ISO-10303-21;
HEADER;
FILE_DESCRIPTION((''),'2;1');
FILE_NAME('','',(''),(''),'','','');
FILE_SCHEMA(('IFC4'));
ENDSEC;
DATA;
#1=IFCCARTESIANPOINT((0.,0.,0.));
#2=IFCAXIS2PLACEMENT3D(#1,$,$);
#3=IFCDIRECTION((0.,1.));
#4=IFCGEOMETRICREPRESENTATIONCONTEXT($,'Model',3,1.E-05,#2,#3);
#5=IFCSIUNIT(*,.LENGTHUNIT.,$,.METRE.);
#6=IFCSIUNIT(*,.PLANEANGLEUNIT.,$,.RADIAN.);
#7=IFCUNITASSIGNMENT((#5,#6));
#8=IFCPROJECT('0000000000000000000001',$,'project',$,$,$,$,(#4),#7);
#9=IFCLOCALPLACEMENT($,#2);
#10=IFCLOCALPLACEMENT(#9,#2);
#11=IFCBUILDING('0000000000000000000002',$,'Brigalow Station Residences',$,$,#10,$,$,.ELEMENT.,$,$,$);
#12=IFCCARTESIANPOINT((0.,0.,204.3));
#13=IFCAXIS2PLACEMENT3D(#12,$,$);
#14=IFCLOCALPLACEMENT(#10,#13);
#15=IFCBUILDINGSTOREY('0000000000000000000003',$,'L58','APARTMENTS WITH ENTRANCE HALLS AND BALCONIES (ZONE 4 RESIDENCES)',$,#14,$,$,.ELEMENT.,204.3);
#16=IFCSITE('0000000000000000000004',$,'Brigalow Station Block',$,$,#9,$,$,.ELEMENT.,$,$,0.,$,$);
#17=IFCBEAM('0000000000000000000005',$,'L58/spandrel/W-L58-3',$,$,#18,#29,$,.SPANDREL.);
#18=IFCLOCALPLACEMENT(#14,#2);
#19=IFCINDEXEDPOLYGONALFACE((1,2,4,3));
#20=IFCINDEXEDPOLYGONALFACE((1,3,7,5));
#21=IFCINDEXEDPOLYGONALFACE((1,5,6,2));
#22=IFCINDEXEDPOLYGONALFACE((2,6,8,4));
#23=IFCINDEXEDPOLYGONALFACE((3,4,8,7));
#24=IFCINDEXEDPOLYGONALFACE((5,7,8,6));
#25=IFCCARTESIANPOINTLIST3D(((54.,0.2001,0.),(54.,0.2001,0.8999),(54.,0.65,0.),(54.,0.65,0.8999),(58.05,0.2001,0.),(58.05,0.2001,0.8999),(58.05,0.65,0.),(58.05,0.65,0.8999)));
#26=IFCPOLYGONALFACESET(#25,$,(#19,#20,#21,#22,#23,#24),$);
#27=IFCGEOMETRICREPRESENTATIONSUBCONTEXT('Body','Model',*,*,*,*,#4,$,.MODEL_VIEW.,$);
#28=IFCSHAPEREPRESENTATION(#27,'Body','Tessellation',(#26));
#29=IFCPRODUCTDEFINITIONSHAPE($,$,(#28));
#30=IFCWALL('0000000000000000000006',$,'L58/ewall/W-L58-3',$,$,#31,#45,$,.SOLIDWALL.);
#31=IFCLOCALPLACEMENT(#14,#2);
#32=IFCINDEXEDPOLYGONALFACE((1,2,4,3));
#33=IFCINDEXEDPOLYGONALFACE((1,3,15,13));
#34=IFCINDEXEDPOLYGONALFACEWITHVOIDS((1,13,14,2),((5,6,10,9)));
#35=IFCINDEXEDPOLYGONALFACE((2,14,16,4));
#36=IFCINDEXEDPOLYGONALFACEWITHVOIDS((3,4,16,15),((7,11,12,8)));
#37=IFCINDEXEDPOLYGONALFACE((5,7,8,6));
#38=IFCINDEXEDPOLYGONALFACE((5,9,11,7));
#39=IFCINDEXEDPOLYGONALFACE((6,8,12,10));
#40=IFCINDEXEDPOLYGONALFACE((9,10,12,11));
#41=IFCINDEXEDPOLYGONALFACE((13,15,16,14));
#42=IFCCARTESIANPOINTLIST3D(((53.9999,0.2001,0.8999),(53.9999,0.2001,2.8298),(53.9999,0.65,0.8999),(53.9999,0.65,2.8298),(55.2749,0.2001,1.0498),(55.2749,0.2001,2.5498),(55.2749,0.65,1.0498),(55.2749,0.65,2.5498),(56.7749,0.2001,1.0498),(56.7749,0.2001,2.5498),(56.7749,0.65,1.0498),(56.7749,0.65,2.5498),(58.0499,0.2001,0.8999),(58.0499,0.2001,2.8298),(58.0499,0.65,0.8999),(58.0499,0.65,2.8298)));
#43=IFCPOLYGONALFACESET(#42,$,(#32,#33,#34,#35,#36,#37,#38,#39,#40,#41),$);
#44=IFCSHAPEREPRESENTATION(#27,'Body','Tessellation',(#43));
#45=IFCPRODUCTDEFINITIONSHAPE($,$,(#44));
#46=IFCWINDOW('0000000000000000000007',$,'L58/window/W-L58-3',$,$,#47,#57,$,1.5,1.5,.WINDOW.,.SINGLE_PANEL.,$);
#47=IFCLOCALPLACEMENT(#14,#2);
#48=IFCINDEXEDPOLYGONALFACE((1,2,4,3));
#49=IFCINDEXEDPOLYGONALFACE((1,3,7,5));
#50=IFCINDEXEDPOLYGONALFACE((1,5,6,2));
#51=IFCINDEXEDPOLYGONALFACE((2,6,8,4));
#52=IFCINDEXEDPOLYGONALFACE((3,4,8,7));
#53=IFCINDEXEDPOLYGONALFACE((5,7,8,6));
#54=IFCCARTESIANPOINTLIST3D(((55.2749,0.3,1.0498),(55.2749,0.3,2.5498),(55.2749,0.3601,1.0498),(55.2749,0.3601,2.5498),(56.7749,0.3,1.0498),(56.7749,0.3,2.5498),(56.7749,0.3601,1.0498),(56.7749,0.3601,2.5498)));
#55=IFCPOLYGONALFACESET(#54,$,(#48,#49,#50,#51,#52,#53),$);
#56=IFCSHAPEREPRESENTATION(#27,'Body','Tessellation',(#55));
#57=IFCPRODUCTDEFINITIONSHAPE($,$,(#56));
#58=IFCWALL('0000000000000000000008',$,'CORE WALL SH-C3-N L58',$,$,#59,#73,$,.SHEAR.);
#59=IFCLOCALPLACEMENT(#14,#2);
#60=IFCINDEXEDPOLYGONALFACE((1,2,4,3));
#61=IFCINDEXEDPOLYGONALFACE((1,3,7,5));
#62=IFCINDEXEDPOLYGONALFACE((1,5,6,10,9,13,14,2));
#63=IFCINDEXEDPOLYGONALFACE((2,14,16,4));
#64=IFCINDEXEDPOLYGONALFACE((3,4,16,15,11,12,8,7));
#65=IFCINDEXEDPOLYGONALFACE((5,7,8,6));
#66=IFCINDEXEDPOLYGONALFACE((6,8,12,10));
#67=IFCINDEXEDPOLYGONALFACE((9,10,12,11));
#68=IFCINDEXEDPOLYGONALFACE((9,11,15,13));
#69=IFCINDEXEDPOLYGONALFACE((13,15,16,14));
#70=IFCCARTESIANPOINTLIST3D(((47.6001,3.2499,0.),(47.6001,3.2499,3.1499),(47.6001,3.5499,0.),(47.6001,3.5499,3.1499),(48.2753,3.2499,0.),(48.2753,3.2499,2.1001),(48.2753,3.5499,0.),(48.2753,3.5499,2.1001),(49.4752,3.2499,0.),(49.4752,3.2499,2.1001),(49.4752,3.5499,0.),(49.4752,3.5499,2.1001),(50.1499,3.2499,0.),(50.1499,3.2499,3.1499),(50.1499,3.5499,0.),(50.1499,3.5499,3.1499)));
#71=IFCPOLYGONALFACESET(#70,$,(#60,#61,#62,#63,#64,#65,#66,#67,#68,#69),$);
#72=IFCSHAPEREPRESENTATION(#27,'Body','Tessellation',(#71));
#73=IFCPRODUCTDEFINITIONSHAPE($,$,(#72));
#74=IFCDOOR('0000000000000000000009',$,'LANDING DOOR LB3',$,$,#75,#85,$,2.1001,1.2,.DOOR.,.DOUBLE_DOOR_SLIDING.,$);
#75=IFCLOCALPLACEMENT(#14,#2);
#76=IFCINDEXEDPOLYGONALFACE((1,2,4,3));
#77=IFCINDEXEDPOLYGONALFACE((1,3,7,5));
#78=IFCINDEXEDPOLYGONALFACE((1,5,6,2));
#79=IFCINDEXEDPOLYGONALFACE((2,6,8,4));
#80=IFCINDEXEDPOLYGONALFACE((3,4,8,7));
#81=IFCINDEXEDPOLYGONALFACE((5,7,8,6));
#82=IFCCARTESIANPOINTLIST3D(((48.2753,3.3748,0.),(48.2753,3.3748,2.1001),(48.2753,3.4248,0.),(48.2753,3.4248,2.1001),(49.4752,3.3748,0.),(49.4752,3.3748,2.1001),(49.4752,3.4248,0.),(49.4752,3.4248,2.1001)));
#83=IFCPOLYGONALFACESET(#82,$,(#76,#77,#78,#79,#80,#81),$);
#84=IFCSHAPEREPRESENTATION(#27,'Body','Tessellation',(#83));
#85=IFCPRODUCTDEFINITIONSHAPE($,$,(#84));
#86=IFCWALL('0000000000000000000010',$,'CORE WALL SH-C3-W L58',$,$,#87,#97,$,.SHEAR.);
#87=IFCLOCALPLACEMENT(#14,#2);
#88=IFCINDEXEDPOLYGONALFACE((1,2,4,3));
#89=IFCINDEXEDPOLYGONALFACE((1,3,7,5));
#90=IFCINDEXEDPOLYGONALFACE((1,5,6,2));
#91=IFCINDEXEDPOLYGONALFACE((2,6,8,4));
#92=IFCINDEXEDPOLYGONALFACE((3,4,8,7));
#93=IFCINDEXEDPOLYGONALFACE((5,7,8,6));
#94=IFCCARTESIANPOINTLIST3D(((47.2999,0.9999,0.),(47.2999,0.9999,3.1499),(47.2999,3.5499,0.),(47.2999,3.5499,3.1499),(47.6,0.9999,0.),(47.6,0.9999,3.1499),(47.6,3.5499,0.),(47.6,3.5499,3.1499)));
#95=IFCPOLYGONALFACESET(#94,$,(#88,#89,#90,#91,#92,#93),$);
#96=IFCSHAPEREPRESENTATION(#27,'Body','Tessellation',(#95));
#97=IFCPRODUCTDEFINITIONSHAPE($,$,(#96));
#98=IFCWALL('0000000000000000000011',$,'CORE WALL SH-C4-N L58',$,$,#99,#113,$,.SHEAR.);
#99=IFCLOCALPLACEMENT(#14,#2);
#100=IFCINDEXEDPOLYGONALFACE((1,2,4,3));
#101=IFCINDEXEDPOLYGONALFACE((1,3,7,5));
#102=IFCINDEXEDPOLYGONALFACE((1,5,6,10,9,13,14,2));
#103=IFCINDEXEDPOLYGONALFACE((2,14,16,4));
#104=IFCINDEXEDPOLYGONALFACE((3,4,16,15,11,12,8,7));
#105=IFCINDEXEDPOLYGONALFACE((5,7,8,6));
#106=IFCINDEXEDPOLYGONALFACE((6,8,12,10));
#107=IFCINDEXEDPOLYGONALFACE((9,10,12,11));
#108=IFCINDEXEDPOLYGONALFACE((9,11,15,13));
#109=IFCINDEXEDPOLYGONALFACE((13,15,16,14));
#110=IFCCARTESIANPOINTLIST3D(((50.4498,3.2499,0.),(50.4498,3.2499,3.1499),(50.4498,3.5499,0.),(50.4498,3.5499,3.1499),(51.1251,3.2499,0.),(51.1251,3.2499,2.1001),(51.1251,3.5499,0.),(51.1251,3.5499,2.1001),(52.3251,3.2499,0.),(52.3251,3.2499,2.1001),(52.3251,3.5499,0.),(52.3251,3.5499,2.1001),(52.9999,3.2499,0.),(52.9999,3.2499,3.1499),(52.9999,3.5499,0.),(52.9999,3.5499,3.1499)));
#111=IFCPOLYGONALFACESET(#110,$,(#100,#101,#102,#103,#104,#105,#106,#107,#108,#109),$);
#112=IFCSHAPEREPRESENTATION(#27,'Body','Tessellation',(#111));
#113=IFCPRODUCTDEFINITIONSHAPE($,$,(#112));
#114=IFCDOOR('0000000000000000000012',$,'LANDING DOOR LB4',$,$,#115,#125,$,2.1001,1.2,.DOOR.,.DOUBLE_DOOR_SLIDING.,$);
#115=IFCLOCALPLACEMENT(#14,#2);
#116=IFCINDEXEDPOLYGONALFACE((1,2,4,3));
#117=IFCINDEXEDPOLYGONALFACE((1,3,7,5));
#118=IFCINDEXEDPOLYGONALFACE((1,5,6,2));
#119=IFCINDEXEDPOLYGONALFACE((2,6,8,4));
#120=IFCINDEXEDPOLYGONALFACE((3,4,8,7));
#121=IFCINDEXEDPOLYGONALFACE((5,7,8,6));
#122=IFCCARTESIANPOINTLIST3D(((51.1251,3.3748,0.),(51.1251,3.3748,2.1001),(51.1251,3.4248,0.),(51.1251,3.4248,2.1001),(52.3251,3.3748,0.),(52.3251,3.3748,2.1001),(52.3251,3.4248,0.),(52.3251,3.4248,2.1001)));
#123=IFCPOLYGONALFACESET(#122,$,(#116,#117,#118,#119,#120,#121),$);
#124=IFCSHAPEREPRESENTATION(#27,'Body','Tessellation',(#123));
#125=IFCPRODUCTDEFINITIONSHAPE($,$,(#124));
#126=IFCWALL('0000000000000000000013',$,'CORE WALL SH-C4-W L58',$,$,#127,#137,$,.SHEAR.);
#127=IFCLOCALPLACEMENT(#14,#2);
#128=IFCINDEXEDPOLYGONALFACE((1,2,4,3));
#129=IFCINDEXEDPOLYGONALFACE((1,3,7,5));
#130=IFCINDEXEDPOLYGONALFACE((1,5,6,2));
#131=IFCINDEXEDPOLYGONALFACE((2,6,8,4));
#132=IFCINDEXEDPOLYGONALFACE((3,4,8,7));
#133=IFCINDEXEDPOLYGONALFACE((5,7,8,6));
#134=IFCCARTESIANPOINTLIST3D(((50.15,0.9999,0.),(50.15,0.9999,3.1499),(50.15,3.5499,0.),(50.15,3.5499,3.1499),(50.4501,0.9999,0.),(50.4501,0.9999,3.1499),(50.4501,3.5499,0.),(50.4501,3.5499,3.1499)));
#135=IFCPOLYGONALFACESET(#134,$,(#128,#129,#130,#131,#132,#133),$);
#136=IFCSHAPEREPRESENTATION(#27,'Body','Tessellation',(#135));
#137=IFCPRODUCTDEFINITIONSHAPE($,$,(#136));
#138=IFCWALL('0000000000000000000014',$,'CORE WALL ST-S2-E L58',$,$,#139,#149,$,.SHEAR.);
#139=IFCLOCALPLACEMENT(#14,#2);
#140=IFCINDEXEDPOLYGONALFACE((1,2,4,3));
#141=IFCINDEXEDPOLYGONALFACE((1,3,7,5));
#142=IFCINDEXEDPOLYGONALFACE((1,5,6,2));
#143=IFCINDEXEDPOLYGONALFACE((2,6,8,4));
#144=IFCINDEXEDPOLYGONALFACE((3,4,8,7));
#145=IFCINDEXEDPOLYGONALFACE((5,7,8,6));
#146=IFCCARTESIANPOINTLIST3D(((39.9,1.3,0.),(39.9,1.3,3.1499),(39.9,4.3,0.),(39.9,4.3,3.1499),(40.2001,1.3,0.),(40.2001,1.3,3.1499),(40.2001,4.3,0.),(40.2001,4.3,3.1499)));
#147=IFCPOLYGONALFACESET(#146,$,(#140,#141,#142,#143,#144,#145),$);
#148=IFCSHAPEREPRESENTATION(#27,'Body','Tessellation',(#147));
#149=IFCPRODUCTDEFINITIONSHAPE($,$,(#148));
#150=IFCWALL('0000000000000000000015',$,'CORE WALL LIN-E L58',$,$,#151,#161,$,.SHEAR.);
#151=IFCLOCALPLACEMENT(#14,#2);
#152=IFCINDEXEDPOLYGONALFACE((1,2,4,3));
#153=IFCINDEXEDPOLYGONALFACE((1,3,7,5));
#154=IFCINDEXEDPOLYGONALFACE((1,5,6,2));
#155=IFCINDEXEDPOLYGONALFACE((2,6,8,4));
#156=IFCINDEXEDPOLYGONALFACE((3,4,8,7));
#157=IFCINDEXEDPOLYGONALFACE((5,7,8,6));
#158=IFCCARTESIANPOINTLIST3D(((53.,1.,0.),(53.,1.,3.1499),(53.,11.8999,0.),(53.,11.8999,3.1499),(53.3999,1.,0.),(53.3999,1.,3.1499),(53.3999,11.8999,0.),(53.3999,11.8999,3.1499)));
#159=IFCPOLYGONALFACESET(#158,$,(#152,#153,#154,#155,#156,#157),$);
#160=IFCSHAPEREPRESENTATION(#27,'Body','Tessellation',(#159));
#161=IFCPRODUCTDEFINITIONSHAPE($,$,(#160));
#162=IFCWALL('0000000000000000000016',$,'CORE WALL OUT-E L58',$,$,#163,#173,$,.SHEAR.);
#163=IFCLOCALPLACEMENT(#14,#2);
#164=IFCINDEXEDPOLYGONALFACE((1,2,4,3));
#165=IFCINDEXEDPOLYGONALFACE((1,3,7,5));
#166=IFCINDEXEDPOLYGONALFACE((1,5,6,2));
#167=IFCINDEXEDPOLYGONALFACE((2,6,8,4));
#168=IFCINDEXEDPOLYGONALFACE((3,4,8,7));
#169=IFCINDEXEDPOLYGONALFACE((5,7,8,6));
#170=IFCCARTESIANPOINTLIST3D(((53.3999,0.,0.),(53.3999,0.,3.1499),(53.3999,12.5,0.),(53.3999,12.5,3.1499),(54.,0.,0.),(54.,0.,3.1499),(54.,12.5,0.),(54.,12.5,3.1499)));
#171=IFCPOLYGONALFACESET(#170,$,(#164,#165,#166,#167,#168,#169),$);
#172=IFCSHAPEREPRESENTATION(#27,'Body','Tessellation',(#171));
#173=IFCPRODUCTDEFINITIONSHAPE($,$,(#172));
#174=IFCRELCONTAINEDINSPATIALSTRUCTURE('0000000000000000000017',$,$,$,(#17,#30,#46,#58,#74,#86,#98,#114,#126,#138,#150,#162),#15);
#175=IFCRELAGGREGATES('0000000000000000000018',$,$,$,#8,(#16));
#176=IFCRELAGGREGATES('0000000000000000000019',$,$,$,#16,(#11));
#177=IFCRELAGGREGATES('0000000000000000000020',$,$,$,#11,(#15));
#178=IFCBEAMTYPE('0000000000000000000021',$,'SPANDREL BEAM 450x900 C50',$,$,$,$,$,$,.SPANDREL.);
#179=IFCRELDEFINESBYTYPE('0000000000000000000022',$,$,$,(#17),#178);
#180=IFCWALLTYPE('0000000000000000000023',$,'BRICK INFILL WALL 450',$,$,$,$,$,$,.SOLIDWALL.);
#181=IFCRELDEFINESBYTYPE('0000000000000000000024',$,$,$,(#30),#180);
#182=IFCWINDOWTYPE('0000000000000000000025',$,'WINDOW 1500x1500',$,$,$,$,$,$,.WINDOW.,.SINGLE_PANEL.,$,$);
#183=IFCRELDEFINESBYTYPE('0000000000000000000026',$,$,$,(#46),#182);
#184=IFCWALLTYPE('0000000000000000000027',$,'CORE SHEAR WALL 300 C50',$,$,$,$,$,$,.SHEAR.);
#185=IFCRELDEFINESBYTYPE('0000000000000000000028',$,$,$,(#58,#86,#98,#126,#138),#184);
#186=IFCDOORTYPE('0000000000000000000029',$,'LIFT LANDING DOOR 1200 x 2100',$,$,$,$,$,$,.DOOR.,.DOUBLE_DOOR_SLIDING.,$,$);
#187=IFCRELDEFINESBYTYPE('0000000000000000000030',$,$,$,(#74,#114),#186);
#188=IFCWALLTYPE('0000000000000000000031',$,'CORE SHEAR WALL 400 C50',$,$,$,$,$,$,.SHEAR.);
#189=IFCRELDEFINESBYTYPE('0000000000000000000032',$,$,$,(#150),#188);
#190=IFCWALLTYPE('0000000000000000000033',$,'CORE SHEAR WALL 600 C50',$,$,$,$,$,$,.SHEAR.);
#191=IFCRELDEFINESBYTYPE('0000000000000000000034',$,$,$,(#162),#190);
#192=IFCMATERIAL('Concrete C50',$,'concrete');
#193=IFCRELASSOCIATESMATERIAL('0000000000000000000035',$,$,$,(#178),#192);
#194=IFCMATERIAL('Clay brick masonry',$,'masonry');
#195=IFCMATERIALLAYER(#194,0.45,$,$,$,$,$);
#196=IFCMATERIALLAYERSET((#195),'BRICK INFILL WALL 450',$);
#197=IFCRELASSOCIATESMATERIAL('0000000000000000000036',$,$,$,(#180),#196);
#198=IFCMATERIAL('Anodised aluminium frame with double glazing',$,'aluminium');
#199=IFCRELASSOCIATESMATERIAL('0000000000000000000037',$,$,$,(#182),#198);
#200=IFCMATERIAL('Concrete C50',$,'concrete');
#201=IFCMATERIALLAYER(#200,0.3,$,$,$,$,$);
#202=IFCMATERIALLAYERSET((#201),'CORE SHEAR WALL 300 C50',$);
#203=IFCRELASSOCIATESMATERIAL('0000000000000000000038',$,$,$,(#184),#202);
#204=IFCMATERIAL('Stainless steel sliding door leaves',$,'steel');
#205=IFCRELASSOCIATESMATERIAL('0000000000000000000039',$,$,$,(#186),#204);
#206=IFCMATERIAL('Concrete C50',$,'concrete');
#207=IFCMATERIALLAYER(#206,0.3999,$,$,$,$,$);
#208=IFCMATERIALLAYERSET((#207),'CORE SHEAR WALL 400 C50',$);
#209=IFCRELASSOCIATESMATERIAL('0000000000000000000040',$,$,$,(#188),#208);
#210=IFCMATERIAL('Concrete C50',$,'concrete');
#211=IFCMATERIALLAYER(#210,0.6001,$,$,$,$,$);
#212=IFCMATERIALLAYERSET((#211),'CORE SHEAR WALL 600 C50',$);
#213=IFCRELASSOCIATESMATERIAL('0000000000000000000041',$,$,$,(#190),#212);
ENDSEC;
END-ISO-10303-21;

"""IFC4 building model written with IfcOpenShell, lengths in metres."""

from ifc_helpers import new_model, si_unit, direction, frame, frame_2d, origin, origin_2d, place, context, subcontext, project, spatial, rectangle, extrude, material, layer, layer_set, material_profile, profile_set, type_object, element, fill, save


model = new_model("IFC4")

# Units and contexts
model_context = context("Model", 3, precision=1e-05, world=origin(), true_north=direction((0.0, 1.0)))
body_context = subcontext(model_context, "Body", "Model", "MODEL_VIEW")
ifc_project = project(units=[si_unit("LENGTHUNIT", "METRE"), si_unit("PLANEANGLEUNIT", "RADIAN")], contexts=[model_context])

# Site, building, storey
site_placement = place(None, origin())
site = spatial("IfcSite", under=ifc_project, at=site_placement, Name="Brigalow Station Block", CompositionType="ELEMENT", RefElevation=0.0)
building_placement = place(site_placement, origin())
building = spatial("IfcBuilding", under=site, at=building_placement, Name="Brigalow Station Residences", CompositionType="ELEMENT")
storey_placement = place(building_placement, frame((0.0, 0.0, 204.3)))
storey = spatial("IfcBuildingStorey", under=building, at=storey_placement, Name="L58", Description="APARTMENTS WITH ENTRANCE HALLS AND BALCONIES (ZONE 4 RESIDENCES)", CompositionType="ELEMENT", Elevation=204.3)

# Beam
ifc_material_1 = material(Name="Concrete C50", Category="concrete")
ifc_material_profile = material_profile(ifc_material_1, rectangle(XDim=0.45, YDim=0.8999, at=origin_2d()), Name="RC450x900")
ifc_profile_set = profile_set([ifc_material_profile], Name="Concrete C50")
beam_type = type_object("IfcBeamType", Name="SPANDREL BEAM 450x900 C50", PredefinedType="SPANDREL", material=ifc_profile_set)
beam_placement = place(storey_placement, frame((54.0, 0.425, 0.45), z_axis=(1.0, 0.0, 0.0), x_axis=(0.0, 1.0, 0.0)))
element("IfcBeam", 1, at=beam_placement, inside=storey, type_object=beam_type, Name="L58/spandrel/W-L58-3", PredefinedType="SPANDREL", context=body_context, shape_type="SweptSolid", body=[
    extrude(rectangle(XDim=0.45, YDim=0.8999, at=origin_2d()), origin(), (0.0, 0.0, 1.0), 4.05),
])

# Wall, opening, window
ifc_material_2 = material(Name="Clay brick masonry", Category="masonry")
ifc_layer_1 = layer(ifc_material_2, 0.45)
ifc_layer_set_1 = layer_set([ifc_layer_1], Name="BRICK INFILL WALL 450")
wall_type_1 = type_object("IfcWallType", Name="BRICK INFILL WALL 450", PredefinedType="SOLIDWALL", material=ifc_layer_set_1)
wall_1_placement = place(storey_placement, frame((54.0, 0.425, 0.8999), z_axis=(0.0, 0.0, 1.0), x_axis=(1.0, 0.0, 0.0)))
wall_1 = element("IfcWall", 2, at=wall_1_placement, inside=storey, type_object=wall_type_1, Name="L58/ewall/W-L58-3", PredefinedType="SOLIDWALL", context=body_context, shape_type="SweptSolid", body=[
    extrude(rectangle(XDim=4.05, YDim=0.45, at=frame_2d((2.0249, 0.0))), origin(), (0.0, 0.0, 1.0), 1.9299),
])
opening_1_placement = place(wall_1_placement, frame((1.2749, 0.0, 0.1499)))
opening_1 = element("IfcOpeningElement", 3, at=opening_1_placement, cuts=wall_1, PredefinedType="OPENING", context=body_context, shape_type="SweptSolid", body=[
    extrude(rectangle(XDim=1.5, YDim=1.5, at=frame_2d((0.75, 0.75))), frame((0.0, 0.2349, 0.0), z_axis=(0.0, -1.0, 0.0), x_axis=(1.0, 0.0, 0.0)), (0.0, 0.0, 1.0), 0.47),
])
ifc_material_3 = material(Name="Anodised aluminium frame with double glazing", Category="aluminium")
window_type = type_object("IfcWindowType", Name="WINDOW 1500x1500", PartitioningType="SINGLE_PANEL", PredefinedType="WINDOW", material=ifc_material_3)
window_placement = place(opening_1_placement, origin())
window = element("IfcWindow", 4, at=window_placement, inside=storey, type_object=window_type, Name="L58/window/W-L58-3", OverallHeight=1.5, OverallWidth=1.5, PartitioningType="SINGLE_PANEL", PredefinedType="WINDOW", context=body_context, shape_type="SweptSolid", body=[
    extrude(rectangle(XDim=1.5, YDim=1.5, at=frame_2d((0.75, 0.75))), frame((0.0, -0.0649, 0.0), z_axis=(0.0, -1.0, 0.0), x_axis=(1.0, 0.0, 0.0)), (0.0, 0.0, 1.0), 0.0601),
])
fill(opening_1, window)

# Wall, opening, door
ifc_material_4 = material(Name="Concrete C50", Category="concrete")
ifc_layer_2 = layer(ifc_material_4, 0.3)
ifc_layer_set_2 = layer_set([ifc_layer_2], Name="CORE SHEAR WALL 300 C50")
wall_type_2 = type_object("IfcWallType", Name="CORE SHEAR WALL 300 C50", PredefinedType="SHEAR", material=ifc_layer_set_2)
wall_2_placement = place(storey_placement, frame((47.6001, 3.3999, 0.0), z_axis=(0.0, 0.0, 1.0), x_axis=(1.0, 0.0, 0.0)))
wall_2 = element("IfcWall", 5, at=wall_2_placement, inside=storey, type_object=wall_type_2, Name="CORE WALL SH-C3-N L58", PredefinedType="SHEAR", context=body_context, shape_type="SweptSolid", body=[
    extrude(rectangle(XDim=2.5498, YDim=0.3, at=frame_2d((1.2749, 0.0))), origin(), (0.0, 0.0, 1.0), 3.1499),
])
opening_2_placement = place(wall_2_placement, frame((0.675, 0.0, 0.0)))
opening_2 = element("IfcOpeningElement", 6, at=opening_2_placement, cuts=wall_2, PredefinedType="OPENING", context=body_context, shape_type="SweptSolid", body=[
    extrude(rectangle(XDim=1.2, YDim=2.1001, at=frame_2d((0.6001, 1.05))), frame((0.0, 0.1602, 0.0), z_axis=(0.0, -1.0, 0.0), x_axis=(1.0, 0.0, 0.0)), (0.0, 0.0, 1.0), 0.3201),
])
ifc_material_5 = material(Name="Stainless steel sliding door leaves", Category="steel")
door_type = type_object("IfcDoorType", Name="LIFT LANDING DOOR 1200 x 2100", OperationType="DOUBLE_DOOR_SLIDING", PredefinedType="DOOR", material=ifc_material_5)
door_1_placement = place(opening_2_placement, origin())
door_1 = element("IfcDoor", 7, at=door_1_placement, inside=storey, type_object=door_type, Name="LANDING DOOR LB3", OperationType="DOUBLE_DOOR_SLIDING", OverallHeight=2.1001, OverallWidth=1.2, PredefinedType="DOOR", context=body_context, shape_type="SweptSolid", body=[
    extrude(rectangle(XDim=1.2, YDim=2.1001, at=frame_2d((0.6001, 1.05))), frame((0.0, 0.0249, 0.0), z_axis=(0.0, -1.0, 0.0), x_axis=(1.0, 0.0, 0.0)), (0.0, 0.0, 1.0), 0.05),
])
fill(opening_2, door_1)

# Wall
wall_3_placement = place(storey_placement, frame((47.45, 1.0, 0.0), z_axis=(0.0, 0.0, 1.0), x_axis=(0.0, 1.0, 0.0)))
element("IfcWall", 8, at=wall_3_placement, inside=storey, type_object=wall_type_2, Name="CORE WALL SH-C3-W L58", PredefinedType="SHEAR", context=body_context, shape_type="SweptSolid", body=[
    extrude(rectangle(XDim=2.55, YDim=0.3, at=frame_2d((1.2749, 0.0))), origin(), (0.0, 0.0, 1.0), 3.1499),
])

# Wall, opening, door
wall_4_placement = place(storey_placement, frame((50.45, 3.3999, 0.0), z_axis=(0.0, 0.0, 1.0), x_axis=(1.0, 0.0, 0.0)))
wall_4 = element("IfcWall", 9, at=wall_4_placement, inside=storey, type_object=wall_type_2, Name="CORE WALL SH-C4-N L58", PredefinedType="SHEAR", context=body_context, shape_type="SweptSolid", body=[
    extrude(rectangle(XDim=2.55, YDim=0.3, at=frame_2d((1.2749, 0.0))), origin(), (0.0, 0.0, 1.0), 3.1499),
])
opening_3_placement = place(wall_4_placement, frame((0.675, 0.0, 0.0)))
opening_3 = element("IfcOpeningElement", 10, at=opening_3_placement, cuts=wall_4, PredefinedType="OPENING", context=body_context, shape_type="SweptSolid", body=[
    extrude(rectangle(XDim=1.2, YDim=2.1001, at=frame_2d((0.6001, 1.05))), frame((0.0, 0.1602, 0.0), z_axis=(0.0, -1.0, 0.0), x_axis=(1.0, 0.0, 0.0)), (0.0, 0.0, 1.0), 0.3201),
])
door_2_placement = place(opening_3_placement, origin())
door_2 = element("IfcDoor", 11, at=door_2_placement, inside=storey, type_object=door_type, Name="LANDING DOOR LB4", OperationType="DOUBLE_DOOR_SLIDING", OverallHeight=2.1001, OverallWidth=1.2, PredefinedType="DOOR", context=body_context, shape_type="SweptSolid", body=[
    extrude(rectangle(XDim=1.2, YDim=2.1001, at=frame_2d((0.6001, 1.05))), frame((0.0, 0.0249, 0.0), z_axis=(0.0, -1.0, 0.0), x_axis=(1.0, 0.0, 0.0)), (0.0, 0.0, 1.0), 0.05),
])
fill(opening_3, door_2)

# Walls
wall_5_placement = place(storey_placement, frame((50.3, 1.0, 0.0), z_axis=(0.0, 0.0, 1.0), x_axis=(0.0, 1.0, 0.0)))
element("IfcWall", 12, at=wall_5_placement, inside=storey, type_object=wall_type_2, Name="CORE WALL SH-C4-W L58", PredefinedType="SHEAR", context=body_context, shape_type="SweptSolid", body=[
    extrude(rectangle(XDim=2.55, YDim=0.3, at=frame_2d((1.2749, 0.0))), origin(), (0.0, 0.0, 1.0), 3.1499),
])
wall_6_placement = place(storey_placement, frame((40.05, 1.3, 0.0), z_axis=(0.0, 0.0, 1.0), x_axis=(0.0, 1.0, 0.0)))
element("IfcWall", 13, at=wall_6_placement, inside=storey, type_object=wall_type_2, Name="CORE WALL ST-S2-E L58", PredefinedType="SHEAR", context=body_context, shape_type="SweptSolid", body=[
    extrude(rectangle(XDim=3.0, YDim=0.3, at=frame_2d((1.5, 0.0))), origin(), (0.0, 0.0, 1.0), 3.1499),
])
ifc_material_6 = material(Name="Concrete C50", Category="concrete")
ifc_layer_3 = layer(ifc_material_6, 0.3999)
ifc_layer_set_3 = layer_set([ifc_layer_3], Name="CORE SHEAR WALL 400 C50")
wall_type_3 = type_object("IfcWallType", Name="CORE SHEAR WALL 400 C50", PredefinedType="SHEAR", material=ifc_layer_set_3)
wall_7_placement = place(storey_placement, frame((53.2, 1.0, 0.0), z_axis=(0.0, 0.0, 1.0), x_axis=(0.0, 1.0, 0.0)))
element("IfcWall", 14, at=wall_7_placement, inside=storey, type_object=wall_type_3, Name="CORE WALL LIN-E L58", PredefinedType="SHEAR", context=body_context, shape_type="SweptSolid", body=[
    extrude(rectangle(XDim=10.8999, YDim=0.3999, at=frame_2d((5.45, 0.0))), origin(), (0.0, 0.0, 1.0), 3.1499),
])
ifc_material_7 = material(Name="Concrete C50", Category="concrete")
ifc_layer_4 = layer(ifc_material_7, 0.6001)
ifc_layer_set_4 = layer_set([ifc_layer_4], Name="CORE SHEAR WALL 600 C50")
wall_type_4 = type_object("IfcWallType", Name="CORE SHEAR WALL 600 C50", PredefinedType="SHEAR", material=ifc_layer_set_4)
wall_8_placement = place(storey_placement, frame((53.7, 0.0, 0.0), z_axis=(0.0, 0.0, 1.0), x_axis=(0.0, 1.0, 0.0)))
element("IfcWall", 15, at=wall_8_placement, inside=storey, type_object=wall_type_4, Name="CORE WALL OUT-E L58", PredefinedType="SHEAR", context=body_context, shape_type="SweptSolid", body=[
    extrude(rectangle(XDim=12.5, YDim=0.6001, at=frame_2d((6.25, 0.0))), origin(), (0.0, 0.0, 1.0), 3.1499),
])

save(model, "model.ifc")
